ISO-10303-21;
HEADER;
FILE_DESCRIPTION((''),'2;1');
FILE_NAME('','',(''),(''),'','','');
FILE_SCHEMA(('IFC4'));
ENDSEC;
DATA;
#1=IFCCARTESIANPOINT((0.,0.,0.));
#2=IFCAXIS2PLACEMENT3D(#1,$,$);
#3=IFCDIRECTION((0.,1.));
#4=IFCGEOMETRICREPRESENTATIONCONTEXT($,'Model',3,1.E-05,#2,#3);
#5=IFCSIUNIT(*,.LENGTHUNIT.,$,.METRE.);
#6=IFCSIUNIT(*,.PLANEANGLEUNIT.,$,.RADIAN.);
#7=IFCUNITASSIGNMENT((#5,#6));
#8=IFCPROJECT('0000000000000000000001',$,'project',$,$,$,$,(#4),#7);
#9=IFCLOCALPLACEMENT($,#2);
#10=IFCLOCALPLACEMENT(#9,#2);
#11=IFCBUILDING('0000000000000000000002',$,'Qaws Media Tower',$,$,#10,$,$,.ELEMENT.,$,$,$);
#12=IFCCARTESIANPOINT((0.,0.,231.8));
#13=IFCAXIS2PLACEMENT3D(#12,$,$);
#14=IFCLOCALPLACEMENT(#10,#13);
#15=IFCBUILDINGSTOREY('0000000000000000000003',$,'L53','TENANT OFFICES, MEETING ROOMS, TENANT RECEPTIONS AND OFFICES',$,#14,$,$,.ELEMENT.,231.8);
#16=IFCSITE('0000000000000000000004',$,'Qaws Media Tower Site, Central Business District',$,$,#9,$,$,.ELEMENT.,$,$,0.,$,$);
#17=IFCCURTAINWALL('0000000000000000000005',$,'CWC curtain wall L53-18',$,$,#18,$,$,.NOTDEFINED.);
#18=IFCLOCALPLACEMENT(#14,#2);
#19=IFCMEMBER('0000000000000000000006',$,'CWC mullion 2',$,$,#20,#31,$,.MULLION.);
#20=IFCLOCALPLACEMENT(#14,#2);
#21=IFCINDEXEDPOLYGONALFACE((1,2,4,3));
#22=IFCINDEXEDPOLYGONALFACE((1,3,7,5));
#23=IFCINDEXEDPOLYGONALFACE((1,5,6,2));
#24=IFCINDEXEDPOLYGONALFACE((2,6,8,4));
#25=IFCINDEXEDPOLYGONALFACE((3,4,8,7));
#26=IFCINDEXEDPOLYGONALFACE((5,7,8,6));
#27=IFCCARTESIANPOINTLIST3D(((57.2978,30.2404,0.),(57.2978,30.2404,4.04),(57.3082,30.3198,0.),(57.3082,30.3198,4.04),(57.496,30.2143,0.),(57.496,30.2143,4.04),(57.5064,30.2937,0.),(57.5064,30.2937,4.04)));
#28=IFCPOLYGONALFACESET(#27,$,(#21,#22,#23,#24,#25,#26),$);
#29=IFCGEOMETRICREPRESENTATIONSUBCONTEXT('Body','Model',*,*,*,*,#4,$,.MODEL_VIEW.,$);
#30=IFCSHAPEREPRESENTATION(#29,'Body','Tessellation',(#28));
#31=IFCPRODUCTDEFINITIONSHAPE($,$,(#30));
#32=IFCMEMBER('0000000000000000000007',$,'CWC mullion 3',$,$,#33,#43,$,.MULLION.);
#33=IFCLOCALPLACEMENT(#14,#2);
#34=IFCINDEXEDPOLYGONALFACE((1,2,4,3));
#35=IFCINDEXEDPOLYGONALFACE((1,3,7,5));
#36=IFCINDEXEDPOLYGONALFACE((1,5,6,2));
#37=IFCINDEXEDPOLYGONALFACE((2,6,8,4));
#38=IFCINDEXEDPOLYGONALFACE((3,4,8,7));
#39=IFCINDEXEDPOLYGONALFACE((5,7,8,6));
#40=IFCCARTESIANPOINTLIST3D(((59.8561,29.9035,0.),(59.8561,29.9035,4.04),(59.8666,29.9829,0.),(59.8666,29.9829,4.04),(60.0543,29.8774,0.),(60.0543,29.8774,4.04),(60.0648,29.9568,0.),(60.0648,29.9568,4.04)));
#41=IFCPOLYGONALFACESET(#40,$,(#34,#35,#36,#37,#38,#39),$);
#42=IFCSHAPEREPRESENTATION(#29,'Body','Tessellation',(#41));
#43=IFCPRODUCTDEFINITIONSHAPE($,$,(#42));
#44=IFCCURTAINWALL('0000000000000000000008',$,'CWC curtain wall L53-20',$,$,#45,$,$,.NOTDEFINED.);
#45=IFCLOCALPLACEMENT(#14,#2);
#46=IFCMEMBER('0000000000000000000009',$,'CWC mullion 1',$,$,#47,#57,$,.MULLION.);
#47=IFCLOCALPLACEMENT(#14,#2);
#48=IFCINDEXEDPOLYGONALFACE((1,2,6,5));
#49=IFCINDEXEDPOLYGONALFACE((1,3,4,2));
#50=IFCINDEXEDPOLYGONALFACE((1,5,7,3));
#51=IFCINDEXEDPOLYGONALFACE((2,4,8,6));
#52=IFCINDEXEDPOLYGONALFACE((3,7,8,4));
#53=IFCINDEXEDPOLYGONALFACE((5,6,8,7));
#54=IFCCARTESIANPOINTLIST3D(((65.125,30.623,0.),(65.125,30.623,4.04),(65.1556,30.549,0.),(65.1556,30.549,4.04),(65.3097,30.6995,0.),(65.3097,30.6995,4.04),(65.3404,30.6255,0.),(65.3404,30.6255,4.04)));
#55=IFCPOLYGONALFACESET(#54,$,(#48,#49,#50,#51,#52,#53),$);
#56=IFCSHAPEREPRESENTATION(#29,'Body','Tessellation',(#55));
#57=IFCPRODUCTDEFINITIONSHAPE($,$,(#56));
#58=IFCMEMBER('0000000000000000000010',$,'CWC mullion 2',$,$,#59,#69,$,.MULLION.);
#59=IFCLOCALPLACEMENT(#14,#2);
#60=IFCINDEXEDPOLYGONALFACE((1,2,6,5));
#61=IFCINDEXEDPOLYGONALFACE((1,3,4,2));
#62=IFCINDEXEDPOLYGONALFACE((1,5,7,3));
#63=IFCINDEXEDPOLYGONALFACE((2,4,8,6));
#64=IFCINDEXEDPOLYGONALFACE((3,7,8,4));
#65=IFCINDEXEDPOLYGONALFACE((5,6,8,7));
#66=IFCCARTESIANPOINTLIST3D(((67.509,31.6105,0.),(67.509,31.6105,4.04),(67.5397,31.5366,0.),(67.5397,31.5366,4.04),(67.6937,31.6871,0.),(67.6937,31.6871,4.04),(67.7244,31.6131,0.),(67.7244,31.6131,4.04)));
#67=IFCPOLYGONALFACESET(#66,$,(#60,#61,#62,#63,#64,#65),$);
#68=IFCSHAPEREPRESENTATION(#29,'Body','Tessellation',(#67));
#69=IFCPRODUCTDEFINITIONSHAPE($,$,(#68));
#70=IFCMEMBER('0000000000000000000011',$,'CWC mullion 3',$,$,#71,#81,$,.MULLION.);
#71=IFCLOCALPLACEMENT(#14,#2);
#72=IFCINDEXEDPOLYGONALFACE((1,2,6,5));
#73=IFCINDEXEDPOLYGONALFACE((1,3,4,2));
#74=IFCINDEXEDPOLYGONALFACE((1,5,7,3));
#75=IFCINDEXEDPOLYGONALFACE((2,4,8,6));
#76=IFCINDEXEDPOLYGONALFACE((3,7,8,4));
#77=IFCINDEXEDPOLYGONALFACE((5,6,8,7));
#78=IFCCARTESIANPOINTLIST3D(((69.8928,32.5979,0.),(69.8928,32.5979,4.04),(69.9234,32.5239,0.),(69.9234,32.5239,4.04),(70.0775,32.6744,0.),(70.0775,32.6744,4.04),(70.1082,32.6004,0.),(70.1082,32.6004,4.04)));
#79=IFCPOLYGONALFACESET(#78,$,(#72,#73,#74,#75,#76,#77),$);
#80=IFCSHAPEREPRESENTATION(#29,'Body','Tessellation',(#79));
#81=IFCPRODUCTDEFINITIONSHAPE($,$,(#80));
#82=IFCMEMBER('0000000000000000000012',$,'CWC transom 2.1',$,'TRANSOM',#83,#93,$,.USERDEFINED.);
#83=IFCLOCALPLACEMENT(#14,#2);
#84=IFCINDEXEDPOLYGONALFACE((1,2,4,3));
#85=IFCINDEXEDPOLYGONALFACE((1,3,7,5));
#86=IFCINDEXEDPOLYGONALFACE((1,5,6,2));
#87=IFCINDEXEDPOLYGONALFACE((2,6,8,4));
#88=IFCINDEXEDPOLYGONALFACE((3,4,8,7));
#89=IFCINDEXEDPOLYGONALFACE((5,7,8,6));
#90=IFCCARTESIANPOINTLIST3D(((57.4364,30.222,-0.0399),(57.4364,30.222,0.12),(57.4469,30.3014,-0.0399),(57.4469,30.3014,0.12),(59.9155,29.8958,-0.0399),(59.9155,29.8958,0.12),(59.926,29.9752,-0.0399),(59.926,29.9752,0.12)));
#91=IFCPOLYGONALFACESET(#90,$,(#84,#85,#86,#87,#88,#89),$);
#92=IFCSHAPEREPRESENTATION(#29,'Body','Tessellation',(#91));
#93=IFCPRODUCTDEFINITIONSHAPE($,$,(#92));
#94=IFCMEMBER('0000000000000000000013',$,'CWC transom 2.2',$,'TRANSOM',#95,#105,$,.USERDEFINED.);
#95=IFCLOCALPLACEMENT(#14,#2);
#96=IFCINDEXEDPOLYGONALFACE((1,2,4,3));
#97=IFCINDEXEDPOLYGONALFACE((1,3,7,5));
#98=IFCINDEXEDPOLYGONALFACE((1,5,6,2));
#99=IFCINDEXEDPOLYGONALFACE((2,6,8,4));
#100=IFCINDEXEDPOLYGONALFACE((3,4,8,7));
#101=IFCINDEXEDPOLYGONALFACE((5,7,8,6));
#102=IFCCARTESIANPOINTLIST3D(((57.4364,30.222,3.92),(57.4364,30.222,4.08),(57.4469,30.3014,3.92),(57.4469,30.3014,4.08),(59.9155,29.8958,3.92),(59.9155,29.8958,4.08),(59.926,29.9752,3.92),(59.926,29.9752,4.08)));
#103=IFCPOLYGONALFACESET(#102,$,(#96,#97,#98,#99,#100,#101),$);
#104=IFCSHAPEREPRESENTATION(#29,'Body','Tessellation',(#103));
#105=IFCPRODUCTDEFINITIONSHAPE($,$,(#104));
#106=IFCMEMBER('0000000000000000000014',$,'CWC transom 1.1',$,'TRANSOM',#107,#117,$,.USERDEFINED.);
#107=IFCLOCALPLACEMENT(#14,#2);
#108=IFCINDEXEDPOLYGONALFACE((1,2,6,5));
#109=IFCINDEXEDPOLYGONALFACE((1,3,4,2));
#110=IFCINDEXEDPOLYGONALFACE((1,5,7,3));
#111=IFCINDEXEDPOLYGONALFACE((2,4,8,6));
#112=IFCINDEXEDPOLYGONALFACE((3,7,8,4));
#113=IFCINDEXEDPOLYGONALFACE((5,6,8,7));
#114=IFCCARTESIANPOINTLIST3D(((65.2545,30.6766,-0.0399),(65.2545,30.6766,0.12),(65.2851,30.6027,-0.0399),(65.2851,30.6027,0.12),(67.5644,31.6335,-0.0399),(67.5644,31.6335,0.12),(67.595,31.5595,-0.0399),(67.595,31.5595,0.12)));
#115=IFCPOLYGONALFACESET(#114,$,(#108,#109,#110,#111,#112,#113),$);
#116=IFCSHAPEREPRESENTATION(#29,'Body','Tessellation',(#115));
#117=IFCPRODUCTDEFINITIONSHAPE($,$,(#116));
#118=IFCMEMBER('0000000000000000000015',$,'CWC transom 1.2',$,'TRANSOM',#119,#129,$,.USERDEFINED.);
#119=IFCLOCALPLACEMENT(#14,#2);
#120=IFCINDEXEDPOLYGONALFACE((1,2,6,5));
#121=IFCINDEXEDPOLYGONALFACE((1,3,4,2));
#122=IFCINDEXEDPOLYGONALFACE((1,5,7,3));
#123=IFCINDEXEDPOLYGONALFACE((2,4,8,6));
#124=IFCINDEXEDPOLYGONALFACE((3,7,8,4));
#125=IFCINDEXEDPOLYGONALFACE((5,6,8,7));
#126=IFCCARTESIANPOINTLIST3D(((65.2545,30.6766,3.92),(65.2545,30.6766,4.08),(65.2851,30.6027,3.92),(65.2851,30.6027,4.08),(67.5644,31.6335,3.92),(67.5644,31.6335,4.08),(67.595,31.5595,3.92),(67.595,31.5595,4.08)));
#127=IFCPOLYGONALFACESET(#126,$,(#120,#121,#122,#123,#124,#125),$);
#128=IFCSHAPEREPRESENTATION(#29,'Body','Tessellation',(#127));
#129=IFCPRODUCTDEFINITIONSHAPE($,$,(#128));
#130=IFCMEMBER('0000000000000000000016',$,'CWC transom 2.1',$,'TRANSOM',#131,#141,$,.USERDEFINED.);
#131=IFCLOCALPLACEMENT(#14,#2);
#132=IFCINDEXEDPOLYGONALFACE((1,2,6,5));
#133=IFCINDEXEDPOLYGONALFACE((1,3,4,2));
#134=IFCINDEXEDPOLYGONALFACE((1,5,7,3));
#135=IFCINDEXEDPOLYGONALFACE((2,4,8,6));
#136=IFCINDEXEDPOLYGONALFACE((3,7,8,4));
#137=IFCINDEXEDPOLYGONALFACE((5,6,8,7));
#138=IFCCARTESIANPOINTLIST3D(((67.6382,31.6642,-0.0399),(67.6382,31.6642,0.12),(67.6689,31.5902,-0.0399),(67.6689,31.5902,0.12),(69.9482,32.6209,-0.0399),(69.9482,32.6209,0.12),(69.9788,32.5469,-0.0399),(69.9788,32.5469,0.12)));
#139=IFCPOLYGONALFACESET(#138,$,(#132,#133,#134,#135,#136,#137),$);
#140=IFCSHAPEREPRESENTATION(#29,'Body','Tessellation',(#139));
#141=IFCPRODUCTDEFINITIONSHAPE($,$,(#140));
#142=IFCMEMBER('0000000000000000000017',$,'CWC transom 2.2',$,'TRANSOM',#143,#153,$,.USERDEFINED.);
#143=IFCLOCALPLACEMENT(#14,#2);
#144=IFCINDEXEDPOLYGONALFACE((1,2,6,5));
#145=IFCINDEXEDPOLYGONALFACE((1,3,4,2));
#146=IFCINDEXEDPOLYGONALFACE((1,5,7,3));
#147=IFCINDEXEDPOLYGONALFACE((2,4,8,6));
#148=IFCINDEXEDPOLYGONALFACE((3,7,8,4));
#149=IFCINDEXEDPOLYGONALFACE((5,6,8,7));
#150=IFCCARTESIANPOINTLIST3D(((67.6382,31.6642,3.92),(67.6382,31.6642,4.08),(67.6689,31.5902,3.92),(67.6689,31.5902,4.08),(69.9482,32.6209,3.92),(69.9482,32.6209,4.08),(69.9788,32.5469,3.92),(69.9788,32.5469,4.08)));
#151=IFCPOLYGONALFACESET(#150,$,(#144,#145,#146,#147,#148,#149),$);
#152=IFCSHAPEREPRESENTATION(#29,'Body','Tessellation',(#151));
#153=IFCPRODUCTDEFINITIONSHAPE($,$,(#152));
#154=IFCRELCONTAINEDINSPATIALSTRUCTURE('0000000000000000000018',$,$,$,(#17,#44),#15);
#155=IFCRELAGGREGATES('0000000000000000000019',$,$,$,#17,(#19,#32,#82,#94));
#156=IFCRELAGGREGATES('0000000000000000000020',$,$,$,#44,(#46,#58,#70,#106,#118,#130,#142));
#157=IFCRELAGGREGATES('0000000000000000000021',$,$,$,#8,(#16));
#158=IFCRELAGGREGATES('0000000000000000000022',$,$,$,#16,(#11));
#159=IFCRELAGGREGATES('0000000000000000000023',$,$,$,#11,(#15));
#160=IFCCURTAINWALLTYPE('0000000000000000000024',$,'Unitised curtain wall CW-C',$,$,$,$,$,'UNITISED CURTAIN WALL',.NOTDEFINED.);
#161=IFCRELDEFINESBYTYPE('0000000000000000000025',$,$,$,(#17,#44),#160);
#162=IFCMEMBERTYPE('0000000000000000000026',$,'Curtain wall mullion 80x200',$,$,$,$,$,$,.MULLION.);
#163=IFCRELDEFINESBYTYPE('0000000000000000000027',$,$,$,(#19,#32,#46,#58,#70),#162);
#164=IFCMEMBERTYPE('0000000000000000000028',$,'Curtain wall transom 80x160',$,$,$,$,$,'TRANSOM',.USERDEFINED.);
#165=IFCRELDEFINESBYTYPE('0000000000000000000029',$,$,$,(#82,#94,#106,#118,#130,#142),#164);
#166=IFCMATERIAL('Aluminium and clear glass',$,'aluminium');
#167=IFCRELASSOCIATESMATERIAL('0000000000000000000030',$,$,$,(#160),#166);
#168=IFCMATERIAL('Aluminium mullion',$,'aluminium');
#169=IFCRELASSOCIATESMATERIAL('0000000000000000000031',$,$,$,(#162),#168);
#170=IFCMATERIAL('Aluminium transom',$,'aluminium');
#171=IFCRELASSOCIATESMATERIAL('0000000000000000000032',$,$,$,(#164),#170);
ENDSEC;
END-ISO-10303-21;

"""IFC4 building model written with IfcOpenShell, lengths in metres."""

from ifc_helpers import new_model, si_unit, direction, frame, origin, origin_2d, place, context, subcontext, project, spatial, rectangle, extrude, material, material_profile, profile_set, type_object, element, aggregate, save


model = new_model("IFC4")

# Units and contexts
model_context = context("Model", 3, precision=1e-05, world=origin(), true_north=direction((0.0, 1.0)))
body_context = subcontext(model_context, "Body", "Model", "MODEL_VIEW")
ifc_project = project(units=[si_unit("LENGTHUNIT", "METRE"), si_unit("PLANEANGLEUNIT", "RADIAN")], contexts=[model_context])

# Site, building, storey
site_placement = place(None, origin())
site = spatial("IfcSite", under=ifc_project, at=site_placement, Name="Qaws Media Tower Site, Central Business District", CompositionType="ELEMENT", RefElevation=0.0)
building_placement = place(site_placement, origin())
building = spatial("IfcBuilding", under=site, at=building_placement, Name="Qaws Media Tower", CompositionType="ELEMENT")
storey_placement = place(building_placement, frame((0.0, 0.0, 231.8)))
storey = spatial("IfcBuildingStorey", under=building, at=storey_placement, Name="L53", Description="TENANT OFFICES, MEETING ROOMS, TENANT RECEPTIONS AND OFFICES", CompositionType="ELEMENT", Elevation=231.8)

# Curtain walls, members
ifc_material_1 = material(Name="Aluminium and clear glass", Category="aluminium")
curtain_wall_type = type_object("IfcCurtainWallType", Name="Unitised curtain wall CW-C", ElementType="UNITISED CURTAIN WALL", PredefinedType="NOTDEFINED", material=ifc_material_1)
curtain_wall_1_placement = place(storey_placement, origin())
curtain_wall_1 = element("IfcCurtainWall", 1, at=curtain_wall_1_placement, inside=storey, type_object=curtain_wall_type, Name="CWC curtain wall L53-18", PredefinedType="NOTDEFINED")
ifc_material_2 = material(Name="Aluminium mullion", Category="aluminium")
ifc_material_profile_1 = material_profile(ifc_material_2, rectangle(XDim=0.0801, YDim=0.2, at=origin_2d()), Name="80x200")
ifc_profile_set_1 = profile_set([ifc_material_profile_1], Name="Aluminium mullion")
member_type_1 = type_object("IfcMemberType", Name="Curtain wall mullion 80x200", PredefinedType="MULLION", material=ifc_profile_set_1)
member_1_placement = place(storey_placement, frame((57.4021, 30.2671, 0.0), z_axis=(0.0, 0.0, 1.0), x_axis=(0.130526, 0.991445, 0.0)))
member_1 = element("IfcMember", 2, at=member_1_placement, type_object=member_type_1, Name="CWC mullion 2", PredefinedType="MULLION", context=body_context, shape_type="SweptSolid", body=[
    extrude(rectangle(XDim=0.0801, YDim=0.2, at=origin_2d()), origin(), (0.0, 0.0, 1.0), 4.04),
])
member_2_placement = place(storey_placement, frame((59.9604, 29.9302, 0.0), z_axis=(0.0, 0.0, 1.0), x_axis=(0.130526, 0.991445, 0.0)))
member_2 = element("IfcMember", 3, at=member_2_placement, type_object=member_type_1, Name="CWC mullion 3", PredefinedType="MULLION", context=body_context, shape_type="SweptSolid", body=[
    extrude(rectangle(XDim=0.0801, YDim=0.2, at=origin_2d()), origin(), (0.0, 0.0, 1.0), 4.04),
])
curtain_wall_2_placement = place(storey_placement, origin())
curtain_wall_2 = element("IfcCurtainWall", 4, at=curtain_wall_2_placement, inside=storey, type_object=curtain_wall_type, Name="CWC curtain wall L53-20", PredefinedType="NOTDEFINED")
member_3_placement = place(storey_placement, frame((65.2327, 30.6243, 0.0), z_axis=(0.0, 0.0, 1.0), x_axis=(-0.382683, 0.92388, 0.0)))
member_3 = element("IfcMember", 5, at=member_3_placement, type_object=member_type_1, Name="CWC mullion 1", PredefinedType="MULLION", context=body_context, shape_type="SweptSolid", body=[
    extrude(rectangle(XDim=0.0801, YDim=0.2, at=origin_2d()), origin(), (0.0, 0.0, 1.0), 4.04),
])
member_4_placement = place(storey_placement, frame((67.6167, 31.6118, 0.0), z_axis=(0.0, 0.0, 1.0), x_axis=(-0.382683, 0.92388, 0.0)))
member_4 = element("IfcMember", 6, at=member_4_placement, type_object=member_type_1, Name="CWC mullion 2", PredefinedType="MULLION", context=body_context, shape_type="SweptSolid", body=[
    extrude(rectangle(XDim=0.0801, YDim=0.2, at=origin_2d()), origin(), (0.0, 0.0, 1.0), 4.04),
])
member_5_placement = place(storey_placement, frame((70.0005, 32.5991, 0.0), z_axis=(0.0, 0.0, 1.0), x_axis=(-0.382683, 0.92388, 0.0)))
member_5 = element("IfcMember", 7, at=member_5_placement, type_object=member_type_1, Name="CWC mullion 3", PredefinedType="MULLION", context=body_context, shape_type="SweptSolid", body=[
    extrude(rectangle(XDim=0.0801, YDim=0.2, at=origin_2d()), origin(), (0.0, 0.0, 1.0), 4.04),
])

# Members
ifc_material_3 = material(Name="Aluminium transom", Category="aluminium")
ifc_material_profile_2 = material_profile(ifc_material_3, rectangle(XDim=0.0801, YDim=0.1599, at=origin_2d()), Name="80x160")
ifc_profile_set_2 = profile_set([ifc_material_profile_2], Name="Aluminium transom")
member_type_2 = type_object("IfcMemberType", Name="Curtain wall transom 80x160", ElementType="TRANSOM", PredefinedType="USERDEFINED", material=ifc_profile_set_2)
member_6_placement = place(storey_placement, frame((57.4417, 30.2617, 0.04), z_axis=(0.991455, -0.130449, 0.0), x_axis=(0.130449, 0.991455, 0.0)))
member_6 = element("IfcMember", 8, at=member_6_placement, type_object=member_type_2, Name="CWC transom 2.1", ObjectType="TRANSOM", PredefinedType="USERDEFINED", context=body_context, shape_type="SweptSolid", body=[
    extrude(rectangle(XDim=0.0801, YDim=0.1599, at=origin_2d()), origin(), (0.0, 0.0, 1.0), 2.5005),
])
member_7_placement = place(storey_placement, frame((57.4417, 30.2617, 4.0), z_axis=(0.991455, -0.130449, 0.0), x_axis=(0.130449, 0.991455, 0.0)))
member_7 = element("IfcMember", 9, at=member_7_placement, type_object=member_type_2, Name="CWC transom 2.2", ObjectType="TRANSOM", PredefinedType="USERDEFINED", context=body_context, shape_type="SweptSolid", body=[
    extrude(rectangle(XDim=0.0801, YDim=0.1599, at=origin_2d()), origin(), (0.0, 0.0, 1.0), 2.5005),
])
member_8_placement = place(storey_placement, frame((65.2698, 30.6396, 0.04), z_axis=(0.923875, 0.382694, 0.0), x_axis=(-0.382694, 0.923875, 0.0)))
member_8 = element("IfcMember", 10, at=member_8_placement, type_object=member_type_2, Name="CWC transom 1.1", ObjectType="TRANSOM", PredefinedType="USERDEFINED", context=body_context, shape_type="SweptSolid", body=[
    extrude(rectangle(XDim=0.0801, YDim=0.1599, at=origin_2d()), origin(), (0.0, 0.0, 1.0), 2.5002),
])
member_9_placement = place(storey_placement, frame((65.2698, 30.6396, 4.0), z_axis=(0.923875, 0.382694, 0.0), x_axis=(-0.382694, 0.923875, 0.0)))
member_9 = element("IfcMember", 11, at=member_9_placement, type_object=member_type_2, Name="CWC transom 1.2", ObjectType="TRANSOM", PredefinedType="USERDEFINED", context=body_context, shape_type="SweptSolid", body=[
    extrude(rectangle(XDim=0.0801, YDim=0.1599, at=origin_2d()), origin(), (0.0, 0.0, 1.0), 2.5002),
])
member_10_placement = place(storey_placement, frame((67.6536, 31.6272, 0.04), z_axis=(0.923889, 0.382659, 0.0), x_axis=(-0.382659, 0.923889, 0.0)))
member_10 = element("IfcMember", 12, at=member_10_placement, type_object=member_type_2, Name="CWC transom 2.1", ObjectType="TRANSOM", PredefinedType="USERDEFINED", context=body_context, shape_type="SweptSolid", body=[
    extrude(rectangle(XDim=0.0801, YDim=0.1599, at=origin_2d()), origin(), (0.0, 0.0, 1.0), 2.5002),
])
member_11_placement = place(storey_placement, frame((67.6536, 31.6272, 4.0), z_axis=(0.923889, 0.382659, 0.0), x_axis=(-0.382659, 0.923889, 0.0)))
member_11 = element("IfcMember", 13, at=member_11_placement, type_object=member_type_2, Name="CWC transom 2.2", ObjectType="TRANSOM", PredefinedType="USERDEFINED", context=body_context, shape_type="SweptSolid", body=[
    extrude(rectangle(XDim=0.0801, YDim=0.1599, at=origin_2d()), origin(), (0.0, 0.0, 1.0), 2.5002),
])

aggregate(curtain_wall_1, [member_1, member_2, member_6, member_7])
aggregate(curtain_wall_2, [member_3, member_4, member_5, member_8, member_9, member_10, member_11])

save(model, "model.ifc")
